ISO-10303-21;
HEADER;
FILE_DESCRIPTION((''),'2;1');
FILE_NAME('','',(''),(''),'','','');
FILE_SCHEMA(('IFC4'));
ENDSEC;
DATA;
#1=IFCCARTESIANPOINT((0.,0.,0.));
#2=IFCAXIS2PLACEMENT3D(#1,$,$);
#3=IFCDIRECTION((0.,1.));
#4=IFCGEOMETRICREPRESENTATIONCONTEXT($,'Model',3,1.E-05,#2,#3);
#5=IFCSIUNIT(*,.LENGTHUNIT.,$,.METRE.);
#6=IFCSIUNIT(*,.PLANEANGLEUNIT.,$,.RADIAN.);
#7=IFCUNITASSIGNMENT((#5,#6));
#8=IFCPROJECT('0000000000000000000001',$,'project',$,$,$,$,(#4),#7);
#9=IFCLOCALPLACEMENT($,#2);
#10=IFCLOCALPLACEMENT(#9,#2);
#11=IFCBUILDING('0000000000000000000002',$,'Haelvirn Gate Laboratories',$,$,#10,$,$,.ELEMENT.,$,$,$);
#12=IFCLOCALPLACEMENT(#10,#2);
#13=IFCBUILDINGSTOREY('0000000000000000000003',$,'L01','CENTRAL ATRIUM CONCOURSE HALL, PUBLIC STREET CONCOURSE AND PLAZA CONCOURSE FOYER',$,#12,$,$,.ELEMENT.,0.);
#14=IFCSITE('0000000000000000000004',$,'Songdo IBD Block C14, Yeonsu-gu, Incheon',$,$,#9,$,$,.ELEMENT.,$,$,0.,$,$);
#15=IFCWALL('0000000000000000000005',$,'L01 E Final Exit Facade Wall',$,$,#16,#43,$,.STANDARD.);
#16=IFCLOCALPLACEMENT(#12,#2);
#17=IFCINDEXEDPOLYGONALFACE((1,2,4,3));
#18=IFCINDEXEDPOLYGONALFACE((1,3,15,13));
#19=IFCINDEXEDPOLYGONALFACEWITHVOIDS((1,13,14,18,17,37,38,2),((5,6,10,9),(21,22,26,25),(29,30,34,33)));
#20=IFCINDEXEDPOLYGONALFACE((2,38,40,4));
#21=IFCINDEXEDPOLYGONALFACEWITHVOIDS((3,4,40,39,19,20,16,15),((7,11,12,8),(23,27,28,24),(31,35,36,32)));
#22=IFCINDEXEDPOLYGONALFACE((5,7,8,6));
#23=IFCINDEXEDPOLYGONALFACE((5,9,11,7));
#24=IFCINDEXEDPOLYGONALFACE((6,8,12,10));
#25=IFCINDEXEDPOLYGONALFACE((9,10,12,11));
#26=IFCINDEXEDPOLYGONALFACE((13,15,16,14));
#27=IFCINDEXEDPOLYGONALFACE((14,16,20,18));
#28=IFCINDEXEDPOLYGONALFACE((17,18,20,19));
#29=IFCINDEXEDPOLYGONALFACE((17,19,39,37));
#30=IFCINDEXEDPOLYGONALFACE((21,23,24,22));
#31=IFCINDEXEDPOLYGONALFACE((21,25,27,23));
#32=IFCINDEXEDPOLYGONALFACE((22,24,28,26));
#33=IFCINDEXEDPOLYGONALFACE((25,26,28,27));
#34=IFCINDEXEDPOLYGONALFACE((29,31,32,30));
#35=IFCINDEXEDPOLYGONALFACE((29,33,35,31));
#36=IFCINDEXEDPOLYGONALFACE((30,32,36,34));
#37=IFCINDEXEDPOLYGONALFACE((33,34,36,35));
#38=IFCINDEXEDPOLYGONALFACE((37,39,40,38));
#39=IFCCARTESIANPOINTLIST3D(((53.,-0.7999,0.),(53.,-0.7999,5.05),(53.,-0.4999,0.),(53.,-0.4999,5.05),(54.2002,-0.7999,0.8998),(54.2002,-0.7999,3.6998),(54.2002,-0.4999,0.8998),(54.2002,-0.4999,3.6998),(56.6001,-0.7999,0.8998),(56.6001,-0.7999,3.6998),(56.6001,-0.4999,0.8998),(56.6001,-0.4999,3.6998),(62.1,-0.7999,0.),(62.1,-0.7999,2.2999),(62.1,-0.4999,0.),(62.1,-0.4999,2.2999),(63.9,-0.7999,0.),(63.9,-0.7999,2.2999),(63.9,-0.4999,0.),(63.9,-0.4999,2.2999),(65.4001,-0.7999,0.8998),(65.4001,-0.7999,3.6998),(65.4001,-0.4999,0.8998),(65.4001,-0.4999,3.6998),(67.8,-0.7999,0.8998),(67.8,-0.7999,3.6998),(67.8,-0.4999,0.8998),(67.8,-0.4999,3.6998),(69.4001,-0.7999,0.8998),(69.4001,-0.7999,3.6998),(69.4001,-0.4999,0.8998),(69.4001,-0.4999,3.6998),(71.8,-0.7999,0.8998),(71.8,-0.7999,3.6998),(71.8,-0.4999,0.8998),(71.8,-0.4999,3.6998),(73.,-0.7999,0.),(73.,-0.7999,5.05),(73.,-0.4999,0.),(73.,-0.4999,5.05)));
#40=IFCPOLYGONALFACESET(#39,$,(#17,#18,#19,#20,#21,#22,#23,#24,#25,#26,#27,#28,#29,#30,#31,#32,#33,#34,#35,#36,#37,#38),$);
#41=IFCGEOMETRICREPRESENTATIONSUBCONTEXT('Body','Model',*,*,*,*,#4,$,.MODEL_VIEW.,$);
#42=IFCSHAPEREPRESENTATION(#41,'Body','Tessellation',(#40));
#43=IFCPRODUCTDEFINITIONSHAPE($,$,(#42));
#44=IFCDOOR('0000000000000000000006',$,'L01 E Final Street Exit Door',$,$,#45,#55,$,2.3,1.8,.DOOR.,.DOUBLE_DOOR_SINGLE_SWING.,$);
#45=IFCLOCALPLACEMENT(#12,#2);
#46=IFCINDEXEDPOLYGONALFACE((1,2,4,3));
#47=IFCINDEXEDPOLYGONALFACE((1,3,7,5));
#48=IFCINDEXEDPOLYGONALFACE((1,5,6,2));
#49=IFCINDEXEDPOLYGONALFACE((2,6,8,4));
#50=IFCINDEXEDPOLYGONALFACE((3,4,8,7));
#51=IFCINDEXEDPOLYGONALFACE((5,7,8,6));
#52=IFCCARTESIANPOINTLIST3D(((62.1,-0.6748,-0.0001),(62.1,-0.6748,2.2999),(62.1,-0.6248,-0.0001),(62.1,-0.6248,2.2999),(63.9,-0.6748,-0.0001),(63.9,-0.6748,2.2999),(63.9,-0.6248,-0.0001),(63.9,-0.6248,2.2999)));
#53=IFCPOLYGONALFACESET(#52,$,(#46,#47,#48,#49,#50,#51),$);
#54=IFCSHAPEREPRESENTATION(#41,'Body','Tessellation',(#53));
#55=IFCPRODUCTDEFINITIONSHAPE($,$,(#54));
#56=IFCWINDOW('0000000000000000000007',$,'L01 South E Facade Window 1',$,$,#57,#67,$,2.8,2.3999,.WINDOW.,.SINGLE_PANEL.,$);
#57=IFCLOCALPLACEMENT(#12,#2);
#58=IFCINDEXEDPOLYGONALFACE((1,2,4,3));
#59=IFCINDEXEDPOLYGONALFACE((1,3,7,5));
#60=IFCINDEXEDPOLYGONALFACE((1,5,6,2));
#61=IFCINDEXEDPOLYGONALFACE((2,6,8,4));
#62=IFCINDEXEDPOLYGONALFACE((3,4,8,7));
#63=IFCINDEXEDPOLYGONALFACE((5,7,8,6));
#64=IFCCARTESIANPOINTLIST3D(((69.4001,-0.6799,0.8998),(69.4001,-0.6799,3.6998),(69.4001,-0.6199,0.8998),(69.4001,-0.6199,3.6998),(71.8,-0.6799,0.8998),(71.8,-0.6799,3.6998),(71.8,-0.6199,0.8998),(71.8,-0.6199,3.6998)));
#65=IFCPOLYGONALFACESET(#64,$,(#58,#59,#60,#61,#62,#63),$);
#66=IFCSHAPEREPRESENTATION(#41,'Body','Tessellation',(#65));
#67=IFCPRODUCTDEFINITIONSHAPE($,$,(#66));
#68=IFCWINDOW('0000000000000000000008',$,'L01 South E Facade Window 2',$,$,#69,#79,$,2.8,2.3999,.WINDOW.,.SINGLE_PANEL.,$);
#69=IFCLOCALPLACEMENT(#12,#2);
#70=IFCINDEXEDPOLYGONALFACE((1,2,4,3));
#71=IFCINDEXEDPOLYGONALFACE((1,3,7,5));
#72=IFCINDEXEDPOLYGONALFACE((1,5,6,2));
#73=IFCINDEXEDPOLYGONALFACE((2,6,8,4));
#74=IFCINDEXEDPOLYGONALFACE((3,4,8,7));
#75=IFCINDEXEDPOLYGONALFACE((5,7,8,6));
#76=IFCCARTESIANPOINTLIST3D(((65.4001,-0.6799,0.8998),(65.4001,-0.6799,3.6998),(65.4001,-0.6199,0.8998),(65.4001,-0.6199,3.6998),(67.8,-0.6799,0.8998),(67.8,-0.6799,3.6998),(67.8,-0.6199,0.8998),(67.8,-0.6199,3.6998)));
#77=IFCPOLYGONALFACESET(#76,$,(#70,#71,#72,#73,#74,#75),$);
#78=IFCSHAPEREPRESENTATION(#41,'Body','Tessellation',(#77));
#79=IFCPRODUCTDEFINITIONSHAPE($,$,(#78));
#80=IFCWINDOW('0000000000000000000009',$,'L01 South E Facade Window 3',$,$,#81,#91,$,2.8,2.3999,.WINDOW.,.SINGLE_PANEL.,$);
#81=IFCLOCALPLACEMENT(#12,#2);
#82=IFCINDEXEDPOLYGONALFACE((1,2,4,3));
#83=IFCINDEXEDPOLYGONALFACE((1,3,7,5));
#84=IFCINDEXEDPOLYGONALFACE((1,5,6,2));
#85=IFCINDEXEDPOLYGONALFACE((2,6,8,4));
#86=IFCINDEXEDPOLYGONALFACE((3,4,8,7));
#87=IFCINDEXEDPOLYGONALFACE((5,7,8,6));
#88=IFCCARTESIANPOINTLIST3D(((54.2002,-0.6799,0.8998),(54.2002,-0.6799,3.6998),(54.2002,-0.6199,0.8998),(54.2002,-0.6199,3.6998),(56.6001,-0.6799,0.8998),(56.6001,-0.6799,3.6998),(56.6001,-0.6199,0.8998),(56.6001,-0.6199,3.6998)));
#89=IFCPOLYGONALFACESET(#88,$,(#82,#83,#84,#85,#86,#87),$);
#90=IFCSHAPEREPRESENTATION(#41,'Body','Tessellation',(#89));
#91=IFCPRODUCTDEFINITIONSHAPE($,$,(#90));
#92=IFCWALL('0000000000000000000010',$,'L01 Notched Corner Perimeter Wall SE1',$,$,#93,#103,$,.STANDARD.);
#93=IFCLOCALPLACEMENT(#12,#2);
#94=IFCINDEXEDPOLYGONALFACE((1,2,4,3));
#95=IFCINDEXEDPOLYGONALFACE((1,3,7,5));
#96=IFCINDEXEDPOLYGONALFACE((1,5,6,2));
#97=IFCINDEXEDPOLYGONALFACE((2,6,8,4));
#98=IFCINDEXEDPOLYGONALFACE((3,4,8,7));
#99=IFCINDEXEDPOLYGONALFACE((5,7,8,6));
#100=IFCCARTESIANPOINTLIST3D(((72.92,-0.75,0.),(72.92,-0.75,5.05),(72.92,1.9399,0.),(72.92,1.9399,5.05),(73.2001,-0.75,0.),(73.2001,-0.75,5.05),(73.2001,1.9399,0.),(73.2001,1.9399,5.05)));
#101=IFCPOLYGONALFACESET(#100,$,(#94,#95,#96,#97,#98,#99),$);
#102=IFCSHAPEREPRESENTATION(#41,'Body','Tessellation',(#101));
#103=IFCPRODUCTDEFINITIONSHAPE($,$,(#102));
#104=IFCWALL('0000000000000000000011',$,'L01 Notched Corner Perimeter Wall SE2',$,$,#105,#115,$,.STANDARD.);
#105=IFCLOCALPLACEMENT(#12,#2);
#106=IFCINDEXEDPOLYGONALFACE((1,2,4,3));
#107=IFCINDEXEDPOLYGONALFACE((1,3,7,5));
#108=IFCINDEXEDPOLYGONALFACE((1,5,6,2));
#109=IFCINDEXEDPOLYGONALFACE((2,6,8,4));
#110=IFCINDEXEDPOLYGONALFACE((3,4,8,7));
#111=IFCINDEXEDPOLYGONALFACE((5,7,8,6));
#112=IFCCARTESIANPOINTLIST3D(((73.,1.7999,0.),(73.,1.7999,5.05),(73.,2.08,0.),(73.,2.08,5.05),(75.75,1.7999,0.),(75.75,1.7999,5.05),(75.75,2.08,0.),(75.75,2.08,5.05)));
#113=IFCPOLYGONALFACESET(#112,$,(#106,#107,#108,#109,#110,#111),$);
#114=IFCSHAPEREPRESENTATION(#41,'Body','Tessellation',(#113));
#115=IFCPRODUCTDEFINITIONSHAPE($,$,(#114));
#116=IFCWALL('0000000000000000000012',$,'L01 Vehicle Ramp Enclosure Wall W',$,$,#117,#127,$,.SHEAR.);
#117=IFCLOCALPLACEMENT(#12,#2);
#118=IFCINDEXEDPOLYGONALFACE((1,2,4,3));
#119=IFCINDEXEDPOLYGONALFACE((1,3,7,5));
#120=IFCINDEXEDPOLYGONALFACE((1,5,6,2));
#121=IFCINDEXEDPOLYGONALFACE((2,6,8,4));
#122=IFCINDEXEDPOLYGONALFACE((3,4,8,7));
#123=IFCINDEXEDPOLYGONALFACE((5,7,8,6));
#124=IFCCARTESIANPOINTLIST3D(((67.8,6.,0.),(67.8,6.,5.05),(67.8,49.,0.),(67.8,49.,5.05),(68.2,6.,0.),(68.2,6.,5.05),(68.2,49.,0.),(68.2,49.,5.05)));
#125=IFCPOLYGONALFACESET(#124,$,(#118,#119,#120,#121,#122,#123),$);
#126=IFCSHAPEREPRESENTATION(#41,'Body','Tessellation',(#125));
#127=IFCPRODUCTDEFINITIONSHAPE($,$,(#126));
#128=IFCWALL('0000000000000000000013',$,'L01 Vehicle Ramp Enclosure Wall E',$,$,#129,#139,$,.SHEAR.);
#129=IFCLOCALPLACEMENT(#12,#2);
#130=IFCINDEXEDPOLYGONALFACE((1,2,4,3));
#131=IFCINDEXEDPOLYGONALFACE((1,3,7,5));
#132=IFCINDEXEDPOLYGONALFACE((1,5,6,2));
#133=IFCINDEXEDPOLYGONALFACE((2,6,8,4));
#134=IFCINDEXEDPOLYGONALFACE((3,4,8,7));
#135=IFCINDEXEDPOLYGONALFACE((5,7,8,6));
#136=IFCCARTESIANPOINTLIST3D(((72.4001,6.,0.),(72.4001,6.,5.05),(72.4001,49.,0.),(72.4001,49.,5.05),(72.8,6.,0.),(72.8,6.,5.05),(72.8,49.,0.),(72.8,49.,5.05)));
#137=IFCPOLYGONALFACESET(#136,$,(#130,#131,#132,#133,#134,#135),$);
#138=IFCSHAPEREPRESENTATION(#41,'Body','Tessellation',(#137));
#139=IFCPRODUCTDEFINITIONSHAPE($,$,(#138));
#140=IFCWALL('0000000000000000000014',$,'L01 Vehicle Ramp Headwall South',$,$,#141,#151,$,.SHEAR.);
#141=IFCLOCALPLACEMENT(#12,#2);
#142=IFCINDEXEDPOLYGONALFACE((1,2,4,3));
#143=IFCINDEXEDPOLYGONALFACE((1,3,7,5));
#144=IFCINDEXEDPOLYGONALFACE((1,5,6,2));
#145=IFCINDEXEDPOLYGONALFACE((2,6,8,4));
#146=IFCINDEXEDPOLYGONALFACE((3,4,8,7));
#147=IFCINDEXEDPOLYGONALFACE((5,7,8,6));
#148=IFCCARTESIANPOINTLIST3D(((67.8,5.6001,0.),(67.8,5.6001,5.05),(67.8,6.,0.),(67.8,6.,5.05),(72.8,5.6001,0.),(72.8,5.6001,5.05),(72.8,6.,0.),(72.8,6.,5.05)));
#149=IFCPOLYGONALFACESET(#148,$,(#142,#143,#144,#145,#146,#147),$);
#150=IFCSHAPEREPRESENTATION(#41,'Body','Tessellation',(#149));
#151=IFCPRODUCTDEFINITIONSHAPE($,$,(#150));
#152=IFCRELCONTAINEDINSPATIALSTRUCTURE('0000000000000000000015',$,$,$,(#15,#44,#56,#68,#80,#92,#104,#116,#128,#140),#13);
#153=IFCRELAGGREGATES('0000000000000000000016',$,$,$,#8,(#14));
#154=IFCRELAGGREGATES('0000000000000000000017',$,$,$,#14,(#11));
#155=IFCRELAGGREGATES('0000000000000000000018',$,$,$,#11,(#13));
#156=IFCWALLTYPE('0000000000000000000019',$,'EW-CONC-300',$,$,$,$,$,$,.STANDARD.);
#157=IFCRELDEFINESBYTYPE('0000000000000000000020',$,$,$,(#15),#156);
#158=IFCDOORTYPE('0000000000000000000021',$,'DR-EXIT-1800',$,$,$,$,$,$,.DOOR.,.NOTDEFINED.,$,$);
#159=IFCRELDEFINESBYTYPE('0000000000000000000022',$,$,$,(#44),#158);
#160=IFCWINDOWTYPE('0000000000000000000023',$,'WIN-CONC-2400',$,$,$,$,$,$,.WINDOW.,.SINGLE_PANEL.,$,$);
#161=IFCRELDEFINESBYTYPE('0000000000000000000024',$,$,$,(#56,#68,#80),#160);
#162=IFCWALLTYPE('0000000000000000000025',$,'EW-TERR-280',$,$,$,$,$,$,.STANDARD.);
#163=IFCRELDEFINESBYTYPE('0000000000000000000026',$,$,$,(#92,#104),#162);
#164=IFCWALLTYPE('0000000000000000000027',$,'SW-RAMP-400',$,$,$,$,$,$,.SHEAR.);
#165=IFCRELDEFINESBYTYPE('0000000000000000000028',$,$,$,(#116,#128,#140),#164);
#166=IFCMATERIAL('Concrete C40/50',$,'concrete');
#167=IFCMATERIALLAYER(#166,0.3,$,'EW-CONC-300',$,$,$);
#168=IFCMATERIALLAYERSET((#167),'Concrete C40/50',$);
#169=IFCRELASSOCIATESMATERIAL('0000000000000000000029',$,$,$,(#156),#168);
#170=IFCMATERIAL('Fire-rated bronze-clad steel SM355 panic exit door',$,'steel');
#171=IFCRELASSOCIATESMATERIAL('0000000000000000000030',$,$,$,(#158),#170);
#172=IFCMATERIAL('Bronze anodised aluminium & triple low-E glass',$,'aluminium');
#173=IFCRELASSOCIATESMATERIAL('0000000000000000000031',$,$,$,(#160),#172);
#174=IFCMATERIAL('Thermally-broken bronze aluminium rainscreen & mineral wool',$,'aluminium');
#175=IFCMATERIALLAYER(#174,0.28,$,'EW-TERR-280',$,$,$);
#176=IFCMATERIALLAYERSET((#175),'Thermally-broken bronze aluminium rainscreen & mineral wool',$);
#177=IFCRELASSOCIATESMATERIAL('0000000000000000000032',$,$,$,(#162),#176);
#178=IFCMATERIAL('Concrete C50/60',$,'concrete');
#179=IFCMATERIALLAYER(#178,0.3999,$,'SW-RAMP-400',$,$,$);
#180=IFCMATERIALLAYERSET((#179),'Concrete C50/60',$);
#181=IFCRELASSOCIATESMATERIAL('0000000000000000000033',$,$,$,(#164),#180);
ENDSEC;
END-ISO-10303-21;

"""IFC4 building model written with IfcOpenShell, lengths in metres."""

from ifc_helpers import new_model, si_unit, direction, frame, frame_2d, origin, place, context, subcontext, project, spatial, rectangle, extrude, source, transform, mapped, material, layer, layer_set, type_object, type_shapes, element, fill, save


model = new_model("IFC4")

# Units and contexts
model_context = context("Model", 3, precision=1e-05, world=origin(), true_north=direction((0.0, 1.0)))
body_context = subcontext(model_context, "Body", "Model", "MODEL_VIEW")
ifc_project = project(units=[si_unit("LENGTHUNIT", "METRE"), si_unit("PLANEANGLEUNIT", "RADIAN")], contexts=[model_context])

# Site, building, storey
site_placement = place(None, origin())
site = spatial("IfcSite", under=ifc_project, at=site_placement, Name="Songdo IBD Block C14, Yeonsu-gu, Incheon", CompositionType="ELEMENT", RefElevation=0.0)
building_placement = place(site_placement, origin())
building = spatial("IfcBuilding", under=site, at=building_placement, Name="Haelvirn Gate Laboratories", CompositionType="ELEMENT")
storey_placement = place(building_placement, origin())
storey = spatial("IfcBuildingStorey", under=building, at=storey_placement, Name="L01", Description="CENTRAL ATRIUM CONCOURSE HALL, PUBLIC STREET CONCOURSE AND PLAZA CONCOURSE FOYER", CompositionType="ELEMENT", Elevation=0.0)

# Wall, openings, door, windows
ifc_material_1 = material(Name="Concrete C40/50", Category="concrete")
ifc_layer_1 = layer(ifc_material_1, 0.3, Name="EW-CONC-300")
ifc_layer_set_1 = layer_set([ifc_layer_1], Name="Concrete C40/50")
wall_type_1 = type_object("IfcWallType", Name="EW-CONC-300", PredefinedType="STANDARD", material=ifc_layer_set_1)
wall_1_placement = place(storey_placement, frame((73.0, -0.6499, 0.0), z_axis=(0.0, 0.0, 1.0), x_axis=(-1.0, 0.0, 0.0)))
wall_1 = element("IfcWall", 1, at=wall_1_placement, inside=storey, type_object=wall_type_1, Name="L01 E Final Exit Facade Wall", PredefinedType="STANDARD", context=body_context, shape_type="SweptSolid", body=[
    extrude(rectangle(XDim=20.0, YDim=0.3, at=frame_2d((10.0, 0.0))), origin(), (0.0, 0.0, 1.0), 5.05),
])
opening_1_placement = place(wall_1_placement, frame((9.1001, 0.0, 0.0)))
opening_1 = element("IfcOpeningElement", 2, at=opening_1_placement, cuts=wall_1, PredefinedType="OPENING", context=body_context, shape_type="SweptSolid", body=[
    extrude(rectangle(XDim=1.8, YDim=2.3, at=frame_2d((0.8999, 1.1499))), frame((0.0, 0.1602, 0.0), z_axis=(0.0, -1.0, 0.0), x_axis=(1.0, 0.0, 0.0)), (0.0, 0.0, 1.0), 0.3201),
])
opening_2_placement = place(wall_1_placement, frame((1.2, 0.0, 0.8999)))
opening_2 = element("IfcOpeningElement", 3, at=opening_2_placement, cuts=wall_1, PredefinedType="OPENING", context=body_context, shape_type="SweptSolid", body=[
    extrude(rectangle(XDim=2.3999, YDim=2.8, at=frame_2d((1.2, 1.3999))), frame((0.0, 0.1602, 0.0), z_axis=(0.0, -1.0, 0.0), x_axis=(1.0, 0.0, 0.0)), (0.0, 0.0, 1.0), 0.3201),
])
opening_3_placement = place(wall_1_placement, frame((5.2, 0.0, 0.8999)))
opening_3 = element("IfcOpeningElement", 4, at=opening_3_placement, cuts=wall_1, PredefinedType="OPENING", context=body_context, shape_type="SweptSolid", body=[
    extrude(rectangle(XDim=2.3999, YDim=2.8, at=frame_2d((1.2, 1.3999))), frame((0.0, 0.1602, 0.0), z_axis=(0.0, -1.0, 0.0), x_axis=(1.0, 0.0, 0.0)), (0.0, 0.0, 1.0), 0.3201),
])
opening_4_placement = place(wall_1_placement, frame((16.3999, 0.0, 0.8999)))
opening_4 = element("IfcOpeningElement", 5, at=opening_4_placement, cuts=wall_1, PredefinedType="OPENING", context=body_context, shape_type="SweptSolid", body=[
    extrude(rectangle(XDim=2.3999, YDim=2.8, at=frame_2d((1.2, 1.3999))), frame((0.0, 0.1602, 0.0), z_axis=(0.0, -1.0, 0.0), x_axis=(1.0, 0.0, 0.0)), (0.0, 0.0, 1.0), 0.3201),
])
ifc_material_2 = material(Name="Fire-rated bronze-clad steel SM355 panic exit door", Category="steel")
door_type = type_object("IfcDoorType", Name="DR-EXIT-1800", OperationType="NOTDEFINED", PredefinedType="DOOR", material=ifc_material_2)
shared_shape_1 = source(origin(), body_context, "Body", "SweptSolid", [
    extrude(rectangle(XDim=1.8, YDim=2.3, at=frame_2d((0.8999, 1.1499))), frame((0.0, 0.0249, 0.0), z_axis=(0.0, -1.0, 0.0), x_axis=(1.0, 0.0, 0.0)), (0.0, 0.0, 1.0), 0.05),
])
type_shapes(door_type, [shared_shape_1])
door_placement = place(opening_1_placement, origin())
door = element("IfcDoor", 6, at=door_placement, inside=storey, type_object=door_type, Name="L01 E Final Street Exit Door", OperationType="DOUBLE_DOOR_SINGLE_SWING", OverallHeight=2.3, OverallWidth=1.8, PredefinedType="DOOR", context=body_context, shape_type="MappedRepresentation", body=[
    mapped(shared_shape_1, transform((0.0, 0.0, 0.0), scale=1.0)),
])
fill(opening_1, door)
ifc_material_3 = material(Name="Bronze anodised aluminium & triple low-E glass", Category="aluminium")
window_type = type_object("IfcWindowType", Name="WIN-CONC-2400", PartitioningType="SINGLE_PANEL", PredefinedType="WINDOW", material=ifc_material_3)
shared_shape_2 = source(origin(), body_context, "Body", "SweptSolid", [
    extrude(rectangle(XDim=2.3999, YDim=2.8, at=frame_2d((1.2, 1.3999))), frame((0.0, 0.03, 0.0), z_axis=(0.0, -1.0, 0.0), x_axis=(1.0, 0.0, 0.0)), (0.0, 0.0, 1.0), 0.0601),
])
type_shapes(window_type, [shared_shape_2])
window_1_placement = place(opening_2_placement, origin())
window_1 = element("IfcWindow", 7, at=window_1_placement, inside=storey, type_object=window_type, Name="L01 South E Facade Window 1", OverallHeight=2.8, OverallWidth=2.3999, PartitioningType="SINGLE_PANEL", PredefinedType="WINDOW", context=body_context, shape_type="MappedRepresentation", body=[
    mapped(shared_shape_2, transform((0.0, 0.0, 0.0), scale=1.0)),
])
fill(opening_2, window_1)
window_2_placement = place(opening_3_placement, origin())
window_2 = element("IfcWindow", 8, at=window_2_placement, inside=storey, type_object=window_type, Name="L01 South E Facade Window 2", OverallHeight=2.8, OverallWidth=2.3999, PartitioningType="SINGLE_PANEL", PredefinedType="WINDOW", context=body_context, shape_type="MappedRepresentation", body=[
    mapped(shared_shape_2, transform((0.0, 0.0, 0.0), scale=1.0)),
])
fill(opening_3, window_2)
window_3_placement = place(opening_4_placement, origin())
window_3 = element("IfcWindow", 9, at=window_3_placement, inside=storey, type_object=window_type, Name="L01 South E Facade Window 3", OverallHeight=2.8, OverallWidth=2.3999, PartitioningType="SINGLE_PANEL", PredefinedType="WINDOW", context=body_context, shape_type="MappedRepresentation", body=[
    mapped(shared_shape_2, transform((0.0, 0.0, 0.0), scale=1.0)),
])
fill(opening_4, window_3)

# Walls
ifc_material_4 = material(Name="Thermally-broken bronze aluminium rainscreen & mineral wool", Category="aluminium")
ifc_layer_2 = layer(ifc_material_4, 0.28, Name="EW-TERR-280")
ifc_layer_set_2 = layer_set([ifc_layer_2], Name="Thermally-broken bronze aluminium rainscreen & mineral wool")
wall_type_2 = type_object("IfcWallType", Name="EW-TERR-280", PredefinedType="STANDARD", material=ifc_layer_set_2)
wall_2_placement = place(storey_placement, frame((73.0601, -0.75, 0.0), z_axis=(0.0, 0.0, 1.0), x_axis=(0.0, 1.0, 0.0)))
element("IfcWall", 10, at=wall_2_placement, inside=storey, type_object=wall_type_2, Name="L01 Notched Corner Perimeter Wall SE1", PredefinedType="STANDARD", context=body_context, shape_type="SweptSolid", body=[
    extrude(rectangle(XDim=2.6899, YDim=0.28, at=frame_2d((1.345, 0.0))), origin(), (0.0, 0.0, 1.0), 5.05),
])
wall_3_placement = place(storey_placement, frame((73.0, 1.9399, 0.0), z_axis=(0.0, 0.0, 1.0), x_axis=(1.0, 0.0, 0.0)))
element("IfcWall", 11, at=wall_3_placement, inside=storey, type_object=wall_type_2, Name="L01 Notched Corner Perimeter Wall SE2", PredefinedType="STANDARD", context=body_context, shape_type="SweptSolid", body=[
    extrude(rectangle(XDim=2.75, YDim=0.28, at=frame_2d((1.375, 0.0))), origin(), (0.0, 0.0, 1.0), 5.05),
])
ifc_material_5 = material(Name="Concrete C50/60", Category="concrete")
ifc_layer_3 = layer(ifc_material_5, 0.3999, Name="SW-RAMP-400")
ifc_layer_set_3 = layer_set([ifc_layer_3], Name="Concrete C50/60")
wall_type_3 = type_object("IfcWallType", Name="SW-RAMP-400", PredefinedType="SHEAR", material=ifc_layer_set_3)
for number, where, z_axis, x_axis, name in (
    (12, (68.0, 6.0, 0.0), (0.0, 0.0, 1.0), (0.0, 1.0, 0.0), "L01 Vehicle Ramp Enclosure Wall W"),
    (13, (72.6001, 6.0, 0.0), (0.0, 0.0, 1.0), (0.0, 1.0, 0.0), "L01 Vehicle Ramp Enclosure Wall E"),
):
    element("IfcWall", number, at=place(storey_placement, frame(where, z_axis=z_axis, x_axis=x_axis)), inside=storey, type_object=wall_type_3, Name=name, PredefinedType="SHEAR", context=body_context, shape_type="SweptSolid", body=[
        extrude(rectangle(XDim=43.0, YDim=0.3999, at=frame_2d((21.5, 0.0))), origin(), (0.0, 0.0, 1.0), 5.05),
    ])
wall_4_placement = place(storey_placement, frame((67.8, 5.8, 0.0), z_axis=(0.0, 0.0, 1.0), x_axis=(1.0, 0.0, 0.0)))
element("IfcWall", 14, at=wall_4_placement, inside=storey, type_object=wall_type_3, Name="L01 Vehicle Ramp Headwall South", PredefinedType="SHEAR", context=body_context, shape_type="SweptSolid", body=[
    extrude(rectangle(XDim=5.0, YDim=0.3999, at=frame_2d((2.5, 0.0))), origin(), (0.0, 0.0, 1.0), 5.05),
])

save(model, "model.ifc")
